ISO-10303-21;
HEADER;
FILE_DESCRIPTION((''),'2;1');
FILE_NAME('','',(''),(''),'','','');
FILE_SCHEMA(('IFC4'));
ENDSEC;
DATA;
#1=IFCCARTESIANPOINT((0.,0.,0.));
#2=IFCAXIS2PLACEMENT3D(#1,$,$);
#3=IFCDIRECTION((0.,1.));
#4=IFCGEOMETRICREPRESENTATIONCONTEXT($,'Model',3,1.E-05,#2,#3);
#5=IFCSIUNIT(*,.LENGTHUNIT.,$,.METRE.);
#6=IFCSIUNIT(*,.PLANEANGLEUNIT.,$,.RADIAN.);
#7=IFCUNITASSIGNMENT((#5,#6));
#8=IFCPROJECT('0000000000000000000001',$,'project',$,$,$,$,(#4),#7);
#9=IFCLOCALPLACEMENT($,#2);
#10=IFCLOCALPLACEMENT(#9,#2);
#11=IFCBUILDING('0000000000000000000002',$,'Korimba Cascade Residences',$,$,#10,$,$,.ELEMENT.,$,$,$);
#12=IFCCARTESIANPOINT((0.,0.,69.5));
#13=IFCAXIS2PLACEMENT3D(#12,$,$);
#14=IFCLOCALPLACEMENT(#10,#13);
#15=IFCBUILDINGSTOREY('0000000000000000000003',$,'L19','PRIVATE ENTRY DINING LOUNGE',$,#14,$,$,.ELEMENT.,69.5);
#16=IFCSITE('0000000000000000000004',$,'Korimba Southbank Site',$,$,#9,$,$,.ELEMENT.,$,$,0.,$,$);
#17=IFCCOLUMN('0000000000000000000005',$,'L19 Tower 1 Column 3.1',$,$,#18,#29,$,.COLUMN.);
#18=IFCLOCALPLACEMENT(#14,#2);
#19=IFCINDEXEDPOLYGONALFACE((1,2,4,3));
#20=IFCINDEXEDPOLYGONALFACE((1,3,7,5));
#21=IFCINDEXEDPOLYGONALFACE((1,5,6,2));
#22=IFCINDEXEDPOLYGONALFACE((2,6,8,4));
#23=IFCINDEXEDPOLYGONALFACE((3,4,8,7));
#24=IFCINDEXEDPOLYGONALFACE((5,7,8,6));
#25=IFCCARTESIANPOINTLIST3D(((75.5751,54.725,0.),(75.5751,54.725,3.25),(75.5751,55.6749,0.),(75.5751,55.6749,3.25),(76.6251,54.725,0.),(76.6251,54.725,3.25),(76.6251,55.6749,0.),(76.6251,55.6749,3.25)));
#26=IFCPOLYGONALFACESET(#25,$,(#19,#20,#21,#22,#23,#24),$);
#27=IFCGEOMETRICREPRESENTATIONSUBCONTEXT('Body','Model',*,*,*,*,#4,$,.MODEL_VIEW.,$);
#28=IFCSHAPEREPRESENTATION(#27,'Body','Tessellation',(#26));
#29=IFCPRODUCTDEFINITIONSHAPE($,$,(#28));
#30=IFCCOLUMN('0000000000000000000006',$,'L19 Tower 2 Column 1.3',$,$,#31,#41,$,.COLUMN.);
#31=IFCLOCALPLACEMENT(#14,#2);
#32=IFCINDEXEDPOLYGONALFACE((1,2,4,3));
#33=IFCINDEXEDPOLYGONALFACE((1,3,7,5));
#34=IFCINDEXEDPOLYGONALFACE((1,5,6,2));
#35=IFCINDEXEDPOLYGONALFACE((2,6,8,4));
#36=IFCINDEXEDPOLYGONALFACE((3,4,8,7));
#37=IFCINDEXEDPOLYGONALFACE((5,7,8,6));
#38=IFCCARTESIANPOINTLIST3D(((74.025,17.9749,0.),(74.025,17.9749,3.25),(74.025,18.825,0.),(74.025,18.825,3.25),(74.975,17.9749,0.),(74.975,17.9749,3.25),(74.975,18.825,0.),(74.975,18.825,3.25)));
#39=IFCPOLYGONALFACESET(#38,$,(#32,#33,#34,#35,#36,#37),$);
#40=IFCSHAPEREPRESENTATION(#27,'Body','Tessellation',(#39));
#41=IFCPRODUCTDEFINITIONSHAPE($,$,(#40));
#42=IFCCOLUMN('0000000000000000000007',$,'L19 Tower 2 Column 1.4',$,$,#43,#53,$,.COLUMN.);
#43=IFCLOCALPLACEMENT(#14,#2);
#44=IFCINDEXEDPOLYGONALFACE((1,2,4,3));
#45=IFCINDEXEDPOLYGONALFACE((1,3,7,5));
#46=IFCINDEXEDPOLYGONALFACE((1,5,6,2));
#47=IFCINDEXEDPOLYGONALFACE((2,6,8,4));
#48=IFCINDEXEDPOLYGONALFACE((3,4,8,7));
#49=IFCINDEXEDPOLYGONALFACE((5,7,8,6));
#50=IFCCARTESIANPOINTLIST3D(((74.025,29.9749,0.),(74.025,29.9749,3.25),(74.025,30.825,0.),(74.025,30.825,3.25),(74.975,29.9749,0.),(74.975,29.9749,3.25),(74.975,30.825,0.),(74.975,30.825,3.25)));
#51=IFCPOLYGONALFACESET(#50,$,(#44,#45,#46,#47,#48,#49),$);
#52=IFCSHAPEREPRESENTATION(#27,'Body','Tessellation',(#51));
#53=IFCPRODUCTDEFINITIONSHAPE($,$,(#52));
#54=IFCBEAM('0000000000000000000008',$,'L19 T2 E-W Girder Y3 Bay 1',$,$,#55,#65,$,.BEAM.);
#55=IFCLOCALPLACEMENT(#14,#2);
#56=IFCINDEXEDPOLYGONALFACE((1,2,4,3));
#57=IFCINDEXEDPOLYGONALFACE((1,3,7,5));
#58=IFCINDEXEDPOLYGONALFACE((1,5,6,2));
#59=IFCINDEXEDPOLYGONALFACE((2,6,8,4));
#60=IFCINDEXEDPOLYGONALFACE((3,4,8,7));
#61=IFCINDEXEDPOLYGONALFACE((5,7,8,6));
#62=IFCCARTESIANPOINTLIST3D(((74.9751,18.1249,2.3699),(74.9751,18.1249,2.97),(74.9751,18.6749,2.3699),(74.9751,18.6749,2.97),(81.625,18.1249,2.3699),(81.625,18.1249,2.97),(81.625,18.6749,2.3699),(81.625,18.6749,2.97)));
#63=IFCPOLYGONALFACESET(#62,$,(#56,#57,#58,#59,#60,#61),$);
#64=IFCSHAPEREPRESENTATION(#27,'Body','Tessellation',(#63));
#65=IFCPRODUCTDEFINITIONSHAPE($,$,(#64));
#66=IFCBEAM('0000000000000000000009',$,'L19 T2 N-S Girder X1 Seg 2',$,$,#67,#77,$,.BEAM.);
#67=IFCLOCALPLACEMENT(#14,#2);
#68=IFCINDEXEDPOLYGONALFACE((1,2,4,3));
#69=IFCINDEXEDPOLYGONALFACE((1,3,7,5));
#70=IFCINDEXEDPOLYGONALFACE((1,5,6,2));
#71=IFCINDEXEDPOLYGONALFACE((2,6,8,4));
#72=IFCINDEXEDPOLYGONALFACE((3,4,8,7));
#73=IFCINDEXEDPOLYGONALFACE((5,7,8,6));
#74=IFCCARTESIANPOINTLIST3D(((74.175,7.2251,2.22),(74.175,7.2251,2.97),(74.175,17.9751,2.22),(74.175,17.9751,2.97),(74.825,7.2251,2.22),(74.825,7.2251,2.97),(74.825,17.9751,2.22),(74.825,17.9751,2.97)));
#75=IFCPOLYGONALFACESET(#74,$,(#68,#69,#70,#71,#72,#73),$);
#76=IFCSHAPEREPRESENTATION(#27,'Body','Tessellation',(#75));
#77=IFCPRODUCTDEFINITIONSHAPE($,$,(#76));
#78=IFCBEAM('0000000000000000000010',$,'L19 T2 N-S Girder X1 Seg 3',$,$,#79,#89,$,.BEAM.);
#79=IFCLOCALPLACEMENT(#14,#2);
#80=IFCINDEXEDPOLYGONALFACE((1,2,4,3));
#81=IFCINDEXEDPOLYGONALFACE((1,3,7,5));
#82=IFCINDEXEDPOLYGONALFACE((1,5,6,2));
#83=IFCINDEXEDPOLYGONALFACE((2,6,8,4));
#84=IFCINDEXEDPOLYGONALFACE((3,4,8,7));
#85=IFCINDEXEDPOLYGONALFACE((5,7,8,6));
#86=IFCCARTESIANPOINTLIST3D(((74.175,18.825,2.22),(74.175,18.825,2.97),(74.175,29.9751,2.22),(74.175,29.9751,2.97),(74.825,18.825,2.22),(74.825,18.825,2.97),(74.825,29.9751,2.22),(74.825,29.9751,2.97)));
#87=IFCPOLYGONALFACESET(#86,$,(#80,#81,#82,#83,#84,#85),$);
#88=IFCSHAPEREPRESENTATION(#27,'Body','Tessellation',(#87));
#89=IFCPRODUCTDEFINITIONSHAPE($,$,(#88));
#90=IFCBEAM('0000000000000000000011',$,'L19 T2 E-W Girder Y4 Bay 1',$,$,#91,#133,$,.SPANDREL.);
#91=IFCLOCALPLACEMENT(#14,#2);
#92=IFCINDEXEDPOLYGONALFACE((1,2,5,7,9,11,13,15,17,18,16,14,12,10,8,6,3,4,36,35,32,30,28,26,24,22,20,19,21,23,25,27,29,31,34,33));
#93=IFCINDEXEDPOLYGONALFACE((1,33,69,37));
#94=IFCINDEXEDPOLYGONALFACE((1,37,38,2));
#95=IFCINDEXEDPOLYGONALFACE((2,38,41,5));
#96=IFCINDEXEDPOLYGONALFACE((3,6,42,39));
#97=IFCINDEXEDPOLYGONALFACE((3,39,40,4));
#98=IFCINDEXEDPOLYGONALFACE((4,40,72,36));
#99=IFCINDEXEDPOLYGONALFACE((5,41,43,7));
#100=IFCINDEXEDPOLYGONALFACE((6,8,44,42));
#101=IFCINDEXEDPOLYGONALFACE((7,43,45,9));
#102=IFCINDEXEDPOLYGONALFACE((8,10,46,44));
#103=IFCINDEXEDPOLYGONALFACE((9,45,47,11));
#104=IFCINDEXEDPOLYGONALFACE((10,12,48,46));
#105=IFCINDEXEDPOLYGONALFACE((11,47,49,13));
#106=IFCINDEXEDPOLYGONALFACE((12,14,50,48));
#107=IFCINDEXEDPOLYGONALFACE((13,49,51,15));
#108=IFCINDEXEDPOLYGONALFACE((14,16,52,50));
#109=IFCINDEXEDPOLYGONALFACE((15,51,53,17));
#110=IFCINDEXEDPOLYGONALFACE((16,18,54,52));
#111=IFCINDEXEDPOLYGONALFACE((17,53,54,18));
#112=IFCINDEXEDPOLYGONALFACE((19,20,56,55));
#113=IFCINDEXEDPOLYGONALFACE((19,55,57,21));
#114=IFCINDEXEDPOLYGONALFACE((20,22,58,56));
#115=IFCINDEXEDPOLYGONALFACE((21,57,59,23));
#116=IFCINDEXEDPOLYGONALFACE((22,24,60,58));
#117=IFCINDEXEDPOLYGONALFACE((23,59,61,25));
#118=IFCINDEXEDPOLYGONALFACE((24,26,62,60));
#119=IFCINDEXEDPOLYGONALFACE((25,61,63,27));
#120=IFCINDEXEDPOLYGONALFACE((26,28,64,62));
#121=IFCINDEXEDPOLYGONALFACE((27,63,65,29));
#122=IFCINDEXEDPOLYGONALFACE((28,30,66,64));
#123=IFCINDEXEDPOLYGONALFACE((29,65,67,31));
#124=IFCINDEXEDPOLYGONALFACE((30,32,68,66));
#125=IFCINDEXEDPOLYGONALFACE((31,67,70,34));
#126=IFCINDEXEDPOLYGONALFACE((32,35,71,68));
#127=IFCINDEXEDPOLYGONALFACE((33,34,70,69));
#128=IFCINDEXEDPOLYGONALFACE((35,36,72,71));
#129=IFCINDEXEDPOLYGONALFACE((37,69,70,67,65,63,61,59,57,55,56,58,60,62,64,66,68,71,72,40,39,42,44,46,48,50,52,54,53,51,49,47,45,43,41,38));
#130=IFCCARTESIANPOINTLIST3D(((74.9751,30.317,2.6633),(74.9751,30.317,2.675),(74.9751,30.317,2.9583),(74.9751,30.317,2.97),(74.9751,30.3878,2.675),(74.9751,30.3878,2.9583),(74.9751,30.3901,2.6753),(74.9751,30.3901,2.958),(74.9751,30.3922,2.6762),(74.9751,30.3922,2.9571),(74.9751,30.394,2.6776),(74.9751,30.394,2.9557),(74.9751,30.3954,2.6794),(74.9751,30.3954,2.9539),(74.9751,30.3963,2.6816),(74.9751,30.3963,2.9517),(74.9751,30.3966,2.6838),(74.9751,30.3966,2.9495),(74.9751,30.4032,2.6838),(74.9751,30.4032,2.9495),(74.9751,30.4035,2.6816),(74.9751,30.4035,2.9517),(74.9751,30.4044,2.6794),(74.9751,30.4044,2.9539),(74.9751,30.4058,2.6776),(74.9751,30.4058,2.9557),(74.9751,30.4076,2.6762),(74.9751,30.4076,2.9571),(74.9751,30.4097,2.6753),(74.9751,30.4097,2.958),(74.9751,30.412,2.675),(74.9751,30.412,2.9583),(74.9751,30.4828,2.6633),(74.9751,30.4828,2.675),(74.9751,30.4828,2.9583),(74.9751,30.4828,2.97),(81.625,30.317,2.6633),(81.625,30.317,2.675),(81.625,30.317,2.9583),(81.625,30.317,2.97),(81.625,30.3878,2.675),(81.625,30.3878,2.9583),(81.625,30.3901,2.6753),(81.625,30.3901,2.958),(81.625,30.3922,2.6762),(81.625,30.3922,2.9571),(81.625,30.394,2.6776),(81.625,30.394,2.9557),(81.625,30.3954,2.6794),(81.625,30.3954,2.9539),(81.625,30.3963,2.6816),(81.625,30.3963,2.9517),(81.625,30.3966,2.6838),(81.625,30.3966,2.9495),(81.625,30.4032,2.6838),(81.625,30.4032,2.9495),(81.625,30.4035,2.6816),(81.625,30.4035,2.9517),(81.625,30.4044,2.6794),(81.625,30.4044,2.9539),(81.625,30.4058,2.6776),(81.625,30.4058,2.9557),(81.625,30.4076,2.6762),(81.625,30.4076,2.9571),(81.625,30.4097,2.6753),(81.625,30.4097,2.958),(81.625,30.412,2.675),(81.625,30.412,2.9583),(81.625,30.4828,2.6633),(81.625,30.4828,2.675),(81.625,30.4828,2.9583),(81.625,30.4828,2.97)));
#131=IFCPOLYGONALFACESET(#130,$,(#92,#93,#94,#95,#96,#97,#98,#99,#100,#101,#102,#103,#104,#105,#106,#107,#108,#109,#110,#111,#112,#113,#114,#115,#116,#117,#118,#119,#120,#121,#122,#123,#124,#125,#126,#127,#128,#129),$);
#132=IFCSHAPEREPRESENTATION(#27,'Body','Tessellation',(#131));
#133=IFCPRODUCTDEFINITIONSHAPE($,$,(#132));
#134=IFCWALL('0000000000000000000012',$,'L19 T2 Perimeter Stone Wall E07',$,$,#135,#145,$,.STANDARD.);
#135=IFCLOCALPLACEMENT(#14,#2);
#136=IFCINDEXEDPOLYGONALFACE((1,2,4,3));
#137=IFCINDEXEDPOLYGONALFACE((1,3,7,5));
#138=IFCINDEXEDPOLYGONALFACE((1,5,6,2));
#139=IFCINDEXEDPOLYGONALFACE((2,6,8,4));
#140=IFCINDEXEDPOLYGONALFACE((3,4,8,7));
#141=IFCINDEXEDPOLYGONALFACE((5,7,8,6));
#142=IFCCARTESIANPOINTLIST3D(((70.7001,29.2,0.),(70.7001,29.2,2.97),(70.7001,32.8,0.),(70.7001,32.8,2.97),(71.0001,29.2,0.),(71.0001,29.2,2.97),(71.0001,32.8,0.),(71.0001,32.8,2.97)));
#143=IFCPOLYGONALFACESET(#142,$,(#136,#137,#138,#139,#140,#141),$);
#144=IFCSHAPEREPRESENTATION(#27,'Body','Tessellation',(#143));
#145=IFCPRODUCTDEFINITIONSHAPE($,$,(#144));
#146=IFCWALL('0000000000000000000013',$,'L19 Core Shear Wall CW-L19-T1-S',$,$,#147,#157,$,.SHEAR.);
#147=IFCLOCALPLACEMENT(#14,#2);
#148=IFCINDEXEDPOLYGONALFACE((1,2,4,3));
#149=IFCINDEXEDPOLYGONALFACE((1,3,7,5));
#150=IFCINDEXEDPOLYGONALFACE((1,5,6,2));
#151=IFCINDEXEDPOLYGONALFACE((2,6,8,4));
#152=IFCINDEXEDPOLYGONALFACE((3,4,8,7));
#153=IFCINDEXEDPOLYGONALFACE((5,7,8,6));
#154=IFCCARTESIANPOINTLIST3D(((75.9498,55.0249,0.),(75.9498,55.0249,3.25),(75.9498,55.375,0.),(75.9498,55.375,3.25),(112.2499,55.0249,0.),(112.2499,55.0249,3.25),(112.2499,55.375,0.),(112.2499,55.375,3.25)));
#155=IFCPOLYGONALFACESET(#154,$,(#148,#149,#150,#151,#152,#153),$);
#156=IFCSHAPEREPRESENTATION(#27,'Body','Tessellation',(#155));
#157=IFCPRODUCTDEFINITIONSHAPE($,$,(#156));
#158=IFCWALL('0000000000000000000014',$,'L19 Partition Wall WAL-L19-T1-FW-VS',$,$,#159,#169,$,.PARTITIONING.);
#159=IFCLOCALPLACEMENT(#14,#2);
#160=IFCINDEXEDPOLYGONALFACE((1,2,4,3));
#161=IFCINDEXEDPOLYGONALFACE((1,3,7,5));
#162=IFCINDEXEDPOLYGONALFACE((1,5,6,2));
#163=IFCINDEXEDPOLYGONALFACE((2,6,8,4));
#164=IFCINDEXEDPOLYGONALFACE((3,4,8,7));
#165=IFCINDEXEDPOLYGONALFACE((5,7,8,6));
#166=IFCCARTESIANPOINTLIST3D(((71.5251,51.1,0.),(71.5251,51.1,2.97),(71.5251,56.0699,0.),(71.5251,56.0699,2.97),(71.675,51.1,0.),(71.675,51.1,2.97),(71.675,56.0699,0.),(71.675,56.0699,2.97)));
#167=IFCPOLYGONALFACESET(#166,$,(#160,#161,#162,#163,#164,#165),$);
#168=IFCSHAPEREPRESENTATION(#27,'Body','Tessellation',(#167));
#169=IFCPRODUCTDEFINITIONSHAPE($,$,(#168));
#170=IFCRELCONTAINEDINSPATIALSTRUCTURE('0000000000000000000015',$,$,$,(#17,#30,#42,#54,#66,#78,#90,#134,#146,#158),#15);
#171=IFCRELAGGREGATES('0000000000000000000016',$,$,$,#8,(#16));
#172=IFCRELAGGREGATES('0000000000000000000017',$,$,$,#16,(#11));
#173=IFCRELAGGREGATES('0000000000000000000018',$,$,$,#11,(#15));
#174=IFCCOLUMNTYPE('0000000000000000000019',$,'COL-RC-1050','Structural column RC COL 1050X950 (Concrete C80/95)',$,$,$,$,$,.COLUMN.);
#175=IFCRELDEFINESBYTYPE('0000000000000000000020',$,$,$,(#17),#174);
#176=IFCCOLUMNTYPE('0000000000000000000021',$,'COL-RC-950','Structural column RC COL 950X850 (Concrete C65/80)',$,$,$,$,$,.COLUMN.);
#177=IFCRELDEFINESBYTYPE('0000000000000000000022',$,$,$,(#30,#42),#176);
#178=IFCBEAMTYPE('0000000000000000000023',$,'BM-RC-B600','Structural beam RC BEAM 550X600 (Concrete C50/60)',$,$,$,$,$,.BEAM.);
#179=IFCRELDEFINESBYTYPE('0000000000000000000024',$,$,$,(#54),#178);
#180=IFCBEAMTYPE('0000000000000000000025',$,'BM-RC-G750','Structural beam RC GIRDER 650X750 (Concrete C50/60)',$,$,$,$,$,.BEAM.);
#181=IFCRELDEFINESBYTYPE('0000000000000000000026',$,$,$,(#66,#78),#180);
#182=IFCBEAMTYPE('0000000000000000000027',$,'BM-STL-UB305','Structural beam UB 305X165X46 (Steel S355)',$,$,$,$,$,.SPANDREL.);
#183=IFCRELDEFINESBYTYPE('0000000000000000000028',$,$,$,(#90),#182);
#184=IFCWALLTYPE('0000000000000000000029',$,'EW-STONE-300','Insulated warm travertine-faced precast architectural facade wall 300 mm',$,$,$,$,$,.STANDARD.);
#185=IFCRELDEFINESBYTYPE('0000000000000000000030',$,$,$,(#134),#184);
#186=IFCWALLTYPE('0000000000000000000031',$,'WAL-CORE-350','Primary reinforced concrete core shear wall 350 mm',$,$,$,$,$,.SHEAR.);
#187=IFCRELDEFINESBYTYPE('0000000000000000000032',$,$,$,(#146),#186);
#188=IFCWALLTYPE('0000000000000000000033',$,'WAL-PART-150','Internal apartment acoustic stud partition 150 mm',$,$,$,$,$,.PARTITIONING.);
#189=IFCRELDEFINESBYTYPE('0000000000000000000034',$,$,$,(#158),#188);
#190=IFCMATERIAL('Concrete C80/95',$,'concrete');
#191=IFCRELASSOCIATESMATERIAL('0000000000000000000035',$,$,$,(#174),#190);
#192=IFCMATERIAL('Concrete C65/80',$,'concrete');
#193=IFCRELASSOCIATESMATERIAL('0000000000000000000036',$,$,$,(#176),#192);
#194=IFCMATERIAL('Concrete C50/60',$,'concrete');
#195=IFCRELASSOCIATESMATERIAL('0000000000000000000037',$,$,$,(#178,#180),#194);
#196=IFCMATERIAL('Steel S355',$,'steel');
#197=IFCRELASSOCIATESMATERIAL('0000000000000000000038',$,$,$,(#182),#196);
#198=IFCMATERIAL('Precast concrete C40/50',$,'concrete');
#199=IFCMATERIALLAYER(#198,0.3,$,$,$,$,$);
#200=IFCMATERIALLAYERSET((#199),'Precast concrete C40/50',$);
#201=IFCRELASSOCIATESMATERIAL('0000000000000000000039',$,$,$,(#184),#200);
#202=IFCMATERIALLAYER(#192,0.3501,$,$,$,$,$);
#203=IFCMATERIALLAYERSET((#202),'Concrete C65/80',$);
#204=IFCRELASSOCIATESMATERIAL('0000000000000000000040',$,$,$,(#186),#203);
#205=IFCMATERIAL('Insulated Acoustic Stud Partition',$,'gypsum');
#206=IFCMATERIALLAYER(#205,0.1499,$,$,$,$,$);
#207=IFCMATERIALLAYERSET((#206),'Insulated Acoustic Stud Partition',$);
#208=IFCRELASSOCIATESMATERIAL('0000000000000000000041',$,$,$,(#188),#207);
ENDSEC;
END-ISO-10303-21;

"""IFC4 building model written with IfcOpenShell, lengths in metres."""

from ifc_helpers import new_model, si_unit, direction, frame, frame_2d, origin, origin_2d, place, context, subcontext, project, spatial, rectangle, i_section, extrude, material, layer, layer_set, material_profile, profile_set, type_object, element, save


model = new_model("IFC4")

# Units and contexts
model_context = context("Model", 3, precision=1e-05, world=origin(), true_north=direction((0.0, 1.0)))
body_context = subcontext(model_context, "Body", "Model", "MODEL_VIEW")
ifc_project = project(units=[si_unit("LENGTHUNIT", "METRE"), si_unit("PLANEANGLEUNIT", "RADIAN")], contexts=[model_context])

# Site, building, storey
site_placement = place(None, origin())
site = spatial("IfcSite", under=ifc_project, at=site_placement, Name="Korimba Southbank Site", CompositionType="ELEMENT", RefElevation=0.0)
building_placement = place(site_placement, origin())
building = spatial("IfcBuilding", under=site, at=building_placement, Name="Korimba Cascade Residences", CompositionType="ELEMENT")
storey_placement = place(building_placement, frame((0.0, 0.0, 69.5)))
storey = spatial("IfcBuildingStorey", under=building, at=storey_placement, Name="L19", Description="PRIVATE ENTRY DINING LOUNGE", CompositionType="ELEMENT", Elevation=69.5)

# Columns
ifc_material_1 = material(Name="Concrete C80/95", Category="concrete")
ifc_material_profile_1 = material_profile(ifc_material_1, rectangle(XDim=1.05, YDim=0.95, at=origin_2d()), Name="Concrete C80/95")
ifc_profile_set_1 = profile_set([ifc_material_profile_1], Name="Concrete C80/95")
column_type_1 = type_object("IfcColumnType", Name="COL-RC-1050", Description="Structural column RC COL 1050X950 (Concrete C80/95)", PredefinedType="COLUMN", material=ifc_profile_set_1)
column_placement = place(storey_placement, frame((76.1001, 55.2, 0.0), z_axis=(0.0, 0.0, 1.0), x_axis=(1.0, 0.0, 0.0)))
element("IfcColumn", 1, at=column_placement, inside=storey, type_object=column_type_1, Name="L19 Tower 1 Column 3.1", PredefinedType="COLUMN", context=body_context, shape_type="SweptSolid", body=[
    extrude(rectangle(XDim=1.05, YDim=0.95, at=origin_2d()), origin(), (0.0, 0.0, 1.0), 3.25),
])
ifc_material_2 = material(Name="Concrete C65/80", Category="concrete")
ifc_material_profile_2 = material_profile(ifc_material_2, rectangle(XDim=0.95, YDim=0.8501, at=origin_2d()), Name="Concrete C65/80")
ifc_profile_set_2 = profile_set([ifc_material_profile_2], Name="Concrete C65/80")
column_type_2 = type_object("IfcColumnType", Name="COL-RC-950", Description="Structural column RC COL 950X850 (Concrete C65/80)", PredefinedType="COLUMN", material=ifc_profile_set_2)
for number, where, z_axis, x_axis, name in (
    (2, (74.5, 18.3999, 0.0), (0.0, 0.0, 1.0), (1.0, 0.0, 0.0), "L19 Tower 2 Column 1.3"),
    (3, (74.5, 30.3999, 0.0), (0.0, 0.0, 1.0), (1.0, 0.0, 0.0), "L19 Tower 2 Column 1.4"),
):
    element("IfcColumn", number, at=place(storey_placement, frame(where, z_axis=z_axis, x_axis=x_axis)), inside=storey, type_object=column_type_2, Name=name, PredefinedType="COLUMN", context=body_context, shape_type="SweptSolid", body=[
        extrude(rectangle(XDim=0.95, YDim=0.8501, at=origin_2d()), origin(), (0.0, 0.0, 1.0), 3.25),
    ])

# Beams
ifc_material_3 = material(Name="Concrete C50/60", Category="concrete")
ifc_material_profile_3 = material_profile(ifc_material_3, rectangle(XDim=0.55, YDim=0.6001, at=origin_2d()), Name="Concrete C50/60")
ifc_profile_set_3 = profile_set([ifc_material_profile_3], Name="Concrete C50/60")
beam_type_1 = type_object("IfcBeamType", Name="BM-RC-B600", Description="Structural beam RC BEAM 550X600 (Concrete C50/60)", PredefinedType="BEAM", material=ifc_profile_set_3)
beam_1_placement = place(storey_placement, frame((74.9751, 18.3999, 2.6699), z_axis=(1.0, 0.0, 0.0), x_axis=(0.0, 1.0, 0.0)))
element("IfcBeam", 4, at=beam_1_placement, inside=storey, type_object=beam_type_1, Name="L19 T2 E-W Girder Y3 Bay 1", PredefinedType="BEAM", context=body_context, shape_type="SweptSolid", body=[
    extrude(rectangle(XDim=0.55, YDim=0.6001, at=origin_2d()), origin(), (0.0, 0.0, 1.0), 6.6499),
])
ifc_material_profile_4 = material_profile(ifc_material_3, rectangle(XDim=0.6499, YDim=0.75, at=origin_2d()), Name="Concrete C50/60")
ifc_profile_set_4 = profile_set([ifc_material_profile_4], Name="Concrete C50/60")
beam_type_2 = type_object("IfcBeamType", Name="BM-RC-G750", Description="Structural beam RC GIRDER 650X750 (Concrete C50/60)", PredefinedType="BEAM", material=ifc_profile_set_4)
beam_2_placement = place(storey_placement, frame((74.5, 7.2251, 2.595), z_axis=(0.0, 1.0, 0.0), x_axis=(-1.0, 0.0, 0.0)))
element("IfcBeam", 5, at=beam_2_placement, inside=storey, type_object=beam_type_2, Name="L19 T2 N-S Girder X1 Seg 2", PredefinedType="BEAM", context=body_context, shape_type="SweptSolid", body=[
    extrude(rectangle(XDim=0.6499, YDim=0.75, at=origin_2d()), origin(), (0.0, 0.0, 1.0), 10.75),
])
beam_3_placement = place(storey_placement, frame((74.5, 18.825, 2.595), z_axis=(0.0, 1.0, 0.0), x_axis=(-1.0, 0.0, 0.0)))
element("IfcBeam", 6, at=beam_3_placement, inside=storey, type_object=beam_type_2, Name="L19 T2 N-S Girder X1 Seg 3", PredefinedType="BEAM", context=body_context, shape_type="SweptSolid", body=[
    extrude(rectangle(XDim=0.6499, YDim=0.75, at=origin_2d()), origin(), (0.0, 0.0, 1.0), 11.1501),
])
ifc_material_4 = material(Name="Steel S355", Category="steel")
ifc_material_profile_5 = material_profile(ifc_material_4, i_section(OverallWidth=0.1658, OverallDepth=0.3066, WebThickness=0.0066, FlangeThickness=0.0117, FilletRadius=0.0088, at=origin_2d()), Name="Steel S355")
ifc_profile_set_5 = profile_set([ifc_material_profile_5], Name="Steel S355")
beam_type_3 = type_object("IfcBeamType", Name="BM-STL-UB305", Description="Structural beam UB 305X165X46 (Steel S355)", PredefinedType="SPANDREL", material=ifc_profile_set_5)
beam_4_placement = place(storey_placement, frame((74.9751, 30.3999, 2.8167), z_axis=(1.0, 0.0, 0.0), x_axis=(0.0, 1.0, 0.0)))
element("IfcBeam", 7, at=beam_4_placement, inside=storey, type_object=beam_type_3, Name="L19 T2 E-W Girder Y4 Bay 1", PredefinedType="SPANDREL", context=body_context, shape_type="SweptSolid", body=[
    extrude(i_section(OverallWidth=0.1658, OverallDepth=0.3066, WebThickness=0.0066, FlangeThickness=0.0117, FilletRadius=0.0088, at=origin_2d()), origin(), (0.0, 0.0, 1.0), 6.6499),
])

# Walls
ifc_material_5 = material(Name="Precast concrete C40/50", Category="concrete")
ifc_layer_1 = layer(ifc_material_5, 0.3)
ifc_layer_set_1 = layer_set([ifc_layer_1], Name="Precast concrete C40/50")
wall_type_1 = type_object("IfcWallType", Name="EW-STONE-300", Description="Insulated warm travertine-faced precast architectural facade wall 300 mm", PredefinedType="STANDARD", material=ifc_layer_set_1)
wall_1_placement = place(storey_placement, frame((70.8501, 32.8, 0.0), z_axis=(0.0, 0.0, 1.0), x_axis=(0.0, -1.0, 0.0)))
element("IfcWall", 8, at=wall_1_placement, inside=storey, type_object=wall_type_1, Name="L19 T2 Perimeter Stone Wall E07", PredefinedType="STANDARD", context=body_context, shape_type="SweptSolid", body=[
    extrude(rectangle(XDim=3.6001, YDim=0.3, at=frame_2d((1.8, 0.0))), origin(), (0.0, 0.0, 1.0), 2.97),
])
ifc_layer_2 = layer(ifc_material_2, 0.3501)
ifc_layer_set_2 = layer_set([ifc_layer_2], Name="Concrete C65/80")
wall_type_2 = type_object("IfcWallType", Name="WAL-CORE-350", Description="Primary reinforced concrete core shear wall 350 mm", PredefinedType="SHEAR", material=ifc_layer_set_2)
wall_2_placement = place(storey_placement, frame((75.95, 55.2, 0.0), z_axis=(0.0, 0.0, 1.0), x_axis=(1.0, 0.0, 0.0)))
element("IfcWall", 9, at=wall_2_placement, inside=storey, type_object=wall_type_2, Name="L19 Core Shear Wall CW-L19-T1-S", PredefinedType="SHEAR", context=body_context, shape_type="SweptSolid", body=[
    extrude(rectangle(XDim=36.3, YDim=0.3501, at=frame_2d((18.1499, 0.0))), origin(), (0.0, 0.0, 1.0), 3.25),
])
ifc_material_6 = material(Name="Insulated Acoustic Stud Partition", Category="gypsum")
ifc_layer_3 = layer(ifc_material_6, 0.1499)
ifc_layer_set_3 = layer_set([ifc_layer_3], Name="Insulated Acoustic Stud Partition")
wall_type_3 = type_object("IfcWallType", Name="WAL-PART-150", Description="Internal apartment acoustic stud partition 150 mm", PredefinedType="PARTITIONING", material=ifc_layer_set_3)
wall_3_placement = place(storey_placement, frame((71.6001, 51.1001, 0.0), z_axis=(0.0, 0.0, 1.0), x_axis=(0.0, 1.0, 0.0)))
element("IfcWall", 10, at=wall_3_placement, inside=storey, type_object=wall_type_3, Name="L19 Partition Wall WAL-L19-T1-FW-VS", PredefinedType="PARTITIONING", context=body_context, shape_type="SweptSolid", body=[
    extrude(rectangle(XDim=4.97, YDim=0.1499, at=frame_2d((2.4849, 0.0))), origin(), (0.0, 0.0, 1.0), 2.97),
])

save(model, "model.ifc")
